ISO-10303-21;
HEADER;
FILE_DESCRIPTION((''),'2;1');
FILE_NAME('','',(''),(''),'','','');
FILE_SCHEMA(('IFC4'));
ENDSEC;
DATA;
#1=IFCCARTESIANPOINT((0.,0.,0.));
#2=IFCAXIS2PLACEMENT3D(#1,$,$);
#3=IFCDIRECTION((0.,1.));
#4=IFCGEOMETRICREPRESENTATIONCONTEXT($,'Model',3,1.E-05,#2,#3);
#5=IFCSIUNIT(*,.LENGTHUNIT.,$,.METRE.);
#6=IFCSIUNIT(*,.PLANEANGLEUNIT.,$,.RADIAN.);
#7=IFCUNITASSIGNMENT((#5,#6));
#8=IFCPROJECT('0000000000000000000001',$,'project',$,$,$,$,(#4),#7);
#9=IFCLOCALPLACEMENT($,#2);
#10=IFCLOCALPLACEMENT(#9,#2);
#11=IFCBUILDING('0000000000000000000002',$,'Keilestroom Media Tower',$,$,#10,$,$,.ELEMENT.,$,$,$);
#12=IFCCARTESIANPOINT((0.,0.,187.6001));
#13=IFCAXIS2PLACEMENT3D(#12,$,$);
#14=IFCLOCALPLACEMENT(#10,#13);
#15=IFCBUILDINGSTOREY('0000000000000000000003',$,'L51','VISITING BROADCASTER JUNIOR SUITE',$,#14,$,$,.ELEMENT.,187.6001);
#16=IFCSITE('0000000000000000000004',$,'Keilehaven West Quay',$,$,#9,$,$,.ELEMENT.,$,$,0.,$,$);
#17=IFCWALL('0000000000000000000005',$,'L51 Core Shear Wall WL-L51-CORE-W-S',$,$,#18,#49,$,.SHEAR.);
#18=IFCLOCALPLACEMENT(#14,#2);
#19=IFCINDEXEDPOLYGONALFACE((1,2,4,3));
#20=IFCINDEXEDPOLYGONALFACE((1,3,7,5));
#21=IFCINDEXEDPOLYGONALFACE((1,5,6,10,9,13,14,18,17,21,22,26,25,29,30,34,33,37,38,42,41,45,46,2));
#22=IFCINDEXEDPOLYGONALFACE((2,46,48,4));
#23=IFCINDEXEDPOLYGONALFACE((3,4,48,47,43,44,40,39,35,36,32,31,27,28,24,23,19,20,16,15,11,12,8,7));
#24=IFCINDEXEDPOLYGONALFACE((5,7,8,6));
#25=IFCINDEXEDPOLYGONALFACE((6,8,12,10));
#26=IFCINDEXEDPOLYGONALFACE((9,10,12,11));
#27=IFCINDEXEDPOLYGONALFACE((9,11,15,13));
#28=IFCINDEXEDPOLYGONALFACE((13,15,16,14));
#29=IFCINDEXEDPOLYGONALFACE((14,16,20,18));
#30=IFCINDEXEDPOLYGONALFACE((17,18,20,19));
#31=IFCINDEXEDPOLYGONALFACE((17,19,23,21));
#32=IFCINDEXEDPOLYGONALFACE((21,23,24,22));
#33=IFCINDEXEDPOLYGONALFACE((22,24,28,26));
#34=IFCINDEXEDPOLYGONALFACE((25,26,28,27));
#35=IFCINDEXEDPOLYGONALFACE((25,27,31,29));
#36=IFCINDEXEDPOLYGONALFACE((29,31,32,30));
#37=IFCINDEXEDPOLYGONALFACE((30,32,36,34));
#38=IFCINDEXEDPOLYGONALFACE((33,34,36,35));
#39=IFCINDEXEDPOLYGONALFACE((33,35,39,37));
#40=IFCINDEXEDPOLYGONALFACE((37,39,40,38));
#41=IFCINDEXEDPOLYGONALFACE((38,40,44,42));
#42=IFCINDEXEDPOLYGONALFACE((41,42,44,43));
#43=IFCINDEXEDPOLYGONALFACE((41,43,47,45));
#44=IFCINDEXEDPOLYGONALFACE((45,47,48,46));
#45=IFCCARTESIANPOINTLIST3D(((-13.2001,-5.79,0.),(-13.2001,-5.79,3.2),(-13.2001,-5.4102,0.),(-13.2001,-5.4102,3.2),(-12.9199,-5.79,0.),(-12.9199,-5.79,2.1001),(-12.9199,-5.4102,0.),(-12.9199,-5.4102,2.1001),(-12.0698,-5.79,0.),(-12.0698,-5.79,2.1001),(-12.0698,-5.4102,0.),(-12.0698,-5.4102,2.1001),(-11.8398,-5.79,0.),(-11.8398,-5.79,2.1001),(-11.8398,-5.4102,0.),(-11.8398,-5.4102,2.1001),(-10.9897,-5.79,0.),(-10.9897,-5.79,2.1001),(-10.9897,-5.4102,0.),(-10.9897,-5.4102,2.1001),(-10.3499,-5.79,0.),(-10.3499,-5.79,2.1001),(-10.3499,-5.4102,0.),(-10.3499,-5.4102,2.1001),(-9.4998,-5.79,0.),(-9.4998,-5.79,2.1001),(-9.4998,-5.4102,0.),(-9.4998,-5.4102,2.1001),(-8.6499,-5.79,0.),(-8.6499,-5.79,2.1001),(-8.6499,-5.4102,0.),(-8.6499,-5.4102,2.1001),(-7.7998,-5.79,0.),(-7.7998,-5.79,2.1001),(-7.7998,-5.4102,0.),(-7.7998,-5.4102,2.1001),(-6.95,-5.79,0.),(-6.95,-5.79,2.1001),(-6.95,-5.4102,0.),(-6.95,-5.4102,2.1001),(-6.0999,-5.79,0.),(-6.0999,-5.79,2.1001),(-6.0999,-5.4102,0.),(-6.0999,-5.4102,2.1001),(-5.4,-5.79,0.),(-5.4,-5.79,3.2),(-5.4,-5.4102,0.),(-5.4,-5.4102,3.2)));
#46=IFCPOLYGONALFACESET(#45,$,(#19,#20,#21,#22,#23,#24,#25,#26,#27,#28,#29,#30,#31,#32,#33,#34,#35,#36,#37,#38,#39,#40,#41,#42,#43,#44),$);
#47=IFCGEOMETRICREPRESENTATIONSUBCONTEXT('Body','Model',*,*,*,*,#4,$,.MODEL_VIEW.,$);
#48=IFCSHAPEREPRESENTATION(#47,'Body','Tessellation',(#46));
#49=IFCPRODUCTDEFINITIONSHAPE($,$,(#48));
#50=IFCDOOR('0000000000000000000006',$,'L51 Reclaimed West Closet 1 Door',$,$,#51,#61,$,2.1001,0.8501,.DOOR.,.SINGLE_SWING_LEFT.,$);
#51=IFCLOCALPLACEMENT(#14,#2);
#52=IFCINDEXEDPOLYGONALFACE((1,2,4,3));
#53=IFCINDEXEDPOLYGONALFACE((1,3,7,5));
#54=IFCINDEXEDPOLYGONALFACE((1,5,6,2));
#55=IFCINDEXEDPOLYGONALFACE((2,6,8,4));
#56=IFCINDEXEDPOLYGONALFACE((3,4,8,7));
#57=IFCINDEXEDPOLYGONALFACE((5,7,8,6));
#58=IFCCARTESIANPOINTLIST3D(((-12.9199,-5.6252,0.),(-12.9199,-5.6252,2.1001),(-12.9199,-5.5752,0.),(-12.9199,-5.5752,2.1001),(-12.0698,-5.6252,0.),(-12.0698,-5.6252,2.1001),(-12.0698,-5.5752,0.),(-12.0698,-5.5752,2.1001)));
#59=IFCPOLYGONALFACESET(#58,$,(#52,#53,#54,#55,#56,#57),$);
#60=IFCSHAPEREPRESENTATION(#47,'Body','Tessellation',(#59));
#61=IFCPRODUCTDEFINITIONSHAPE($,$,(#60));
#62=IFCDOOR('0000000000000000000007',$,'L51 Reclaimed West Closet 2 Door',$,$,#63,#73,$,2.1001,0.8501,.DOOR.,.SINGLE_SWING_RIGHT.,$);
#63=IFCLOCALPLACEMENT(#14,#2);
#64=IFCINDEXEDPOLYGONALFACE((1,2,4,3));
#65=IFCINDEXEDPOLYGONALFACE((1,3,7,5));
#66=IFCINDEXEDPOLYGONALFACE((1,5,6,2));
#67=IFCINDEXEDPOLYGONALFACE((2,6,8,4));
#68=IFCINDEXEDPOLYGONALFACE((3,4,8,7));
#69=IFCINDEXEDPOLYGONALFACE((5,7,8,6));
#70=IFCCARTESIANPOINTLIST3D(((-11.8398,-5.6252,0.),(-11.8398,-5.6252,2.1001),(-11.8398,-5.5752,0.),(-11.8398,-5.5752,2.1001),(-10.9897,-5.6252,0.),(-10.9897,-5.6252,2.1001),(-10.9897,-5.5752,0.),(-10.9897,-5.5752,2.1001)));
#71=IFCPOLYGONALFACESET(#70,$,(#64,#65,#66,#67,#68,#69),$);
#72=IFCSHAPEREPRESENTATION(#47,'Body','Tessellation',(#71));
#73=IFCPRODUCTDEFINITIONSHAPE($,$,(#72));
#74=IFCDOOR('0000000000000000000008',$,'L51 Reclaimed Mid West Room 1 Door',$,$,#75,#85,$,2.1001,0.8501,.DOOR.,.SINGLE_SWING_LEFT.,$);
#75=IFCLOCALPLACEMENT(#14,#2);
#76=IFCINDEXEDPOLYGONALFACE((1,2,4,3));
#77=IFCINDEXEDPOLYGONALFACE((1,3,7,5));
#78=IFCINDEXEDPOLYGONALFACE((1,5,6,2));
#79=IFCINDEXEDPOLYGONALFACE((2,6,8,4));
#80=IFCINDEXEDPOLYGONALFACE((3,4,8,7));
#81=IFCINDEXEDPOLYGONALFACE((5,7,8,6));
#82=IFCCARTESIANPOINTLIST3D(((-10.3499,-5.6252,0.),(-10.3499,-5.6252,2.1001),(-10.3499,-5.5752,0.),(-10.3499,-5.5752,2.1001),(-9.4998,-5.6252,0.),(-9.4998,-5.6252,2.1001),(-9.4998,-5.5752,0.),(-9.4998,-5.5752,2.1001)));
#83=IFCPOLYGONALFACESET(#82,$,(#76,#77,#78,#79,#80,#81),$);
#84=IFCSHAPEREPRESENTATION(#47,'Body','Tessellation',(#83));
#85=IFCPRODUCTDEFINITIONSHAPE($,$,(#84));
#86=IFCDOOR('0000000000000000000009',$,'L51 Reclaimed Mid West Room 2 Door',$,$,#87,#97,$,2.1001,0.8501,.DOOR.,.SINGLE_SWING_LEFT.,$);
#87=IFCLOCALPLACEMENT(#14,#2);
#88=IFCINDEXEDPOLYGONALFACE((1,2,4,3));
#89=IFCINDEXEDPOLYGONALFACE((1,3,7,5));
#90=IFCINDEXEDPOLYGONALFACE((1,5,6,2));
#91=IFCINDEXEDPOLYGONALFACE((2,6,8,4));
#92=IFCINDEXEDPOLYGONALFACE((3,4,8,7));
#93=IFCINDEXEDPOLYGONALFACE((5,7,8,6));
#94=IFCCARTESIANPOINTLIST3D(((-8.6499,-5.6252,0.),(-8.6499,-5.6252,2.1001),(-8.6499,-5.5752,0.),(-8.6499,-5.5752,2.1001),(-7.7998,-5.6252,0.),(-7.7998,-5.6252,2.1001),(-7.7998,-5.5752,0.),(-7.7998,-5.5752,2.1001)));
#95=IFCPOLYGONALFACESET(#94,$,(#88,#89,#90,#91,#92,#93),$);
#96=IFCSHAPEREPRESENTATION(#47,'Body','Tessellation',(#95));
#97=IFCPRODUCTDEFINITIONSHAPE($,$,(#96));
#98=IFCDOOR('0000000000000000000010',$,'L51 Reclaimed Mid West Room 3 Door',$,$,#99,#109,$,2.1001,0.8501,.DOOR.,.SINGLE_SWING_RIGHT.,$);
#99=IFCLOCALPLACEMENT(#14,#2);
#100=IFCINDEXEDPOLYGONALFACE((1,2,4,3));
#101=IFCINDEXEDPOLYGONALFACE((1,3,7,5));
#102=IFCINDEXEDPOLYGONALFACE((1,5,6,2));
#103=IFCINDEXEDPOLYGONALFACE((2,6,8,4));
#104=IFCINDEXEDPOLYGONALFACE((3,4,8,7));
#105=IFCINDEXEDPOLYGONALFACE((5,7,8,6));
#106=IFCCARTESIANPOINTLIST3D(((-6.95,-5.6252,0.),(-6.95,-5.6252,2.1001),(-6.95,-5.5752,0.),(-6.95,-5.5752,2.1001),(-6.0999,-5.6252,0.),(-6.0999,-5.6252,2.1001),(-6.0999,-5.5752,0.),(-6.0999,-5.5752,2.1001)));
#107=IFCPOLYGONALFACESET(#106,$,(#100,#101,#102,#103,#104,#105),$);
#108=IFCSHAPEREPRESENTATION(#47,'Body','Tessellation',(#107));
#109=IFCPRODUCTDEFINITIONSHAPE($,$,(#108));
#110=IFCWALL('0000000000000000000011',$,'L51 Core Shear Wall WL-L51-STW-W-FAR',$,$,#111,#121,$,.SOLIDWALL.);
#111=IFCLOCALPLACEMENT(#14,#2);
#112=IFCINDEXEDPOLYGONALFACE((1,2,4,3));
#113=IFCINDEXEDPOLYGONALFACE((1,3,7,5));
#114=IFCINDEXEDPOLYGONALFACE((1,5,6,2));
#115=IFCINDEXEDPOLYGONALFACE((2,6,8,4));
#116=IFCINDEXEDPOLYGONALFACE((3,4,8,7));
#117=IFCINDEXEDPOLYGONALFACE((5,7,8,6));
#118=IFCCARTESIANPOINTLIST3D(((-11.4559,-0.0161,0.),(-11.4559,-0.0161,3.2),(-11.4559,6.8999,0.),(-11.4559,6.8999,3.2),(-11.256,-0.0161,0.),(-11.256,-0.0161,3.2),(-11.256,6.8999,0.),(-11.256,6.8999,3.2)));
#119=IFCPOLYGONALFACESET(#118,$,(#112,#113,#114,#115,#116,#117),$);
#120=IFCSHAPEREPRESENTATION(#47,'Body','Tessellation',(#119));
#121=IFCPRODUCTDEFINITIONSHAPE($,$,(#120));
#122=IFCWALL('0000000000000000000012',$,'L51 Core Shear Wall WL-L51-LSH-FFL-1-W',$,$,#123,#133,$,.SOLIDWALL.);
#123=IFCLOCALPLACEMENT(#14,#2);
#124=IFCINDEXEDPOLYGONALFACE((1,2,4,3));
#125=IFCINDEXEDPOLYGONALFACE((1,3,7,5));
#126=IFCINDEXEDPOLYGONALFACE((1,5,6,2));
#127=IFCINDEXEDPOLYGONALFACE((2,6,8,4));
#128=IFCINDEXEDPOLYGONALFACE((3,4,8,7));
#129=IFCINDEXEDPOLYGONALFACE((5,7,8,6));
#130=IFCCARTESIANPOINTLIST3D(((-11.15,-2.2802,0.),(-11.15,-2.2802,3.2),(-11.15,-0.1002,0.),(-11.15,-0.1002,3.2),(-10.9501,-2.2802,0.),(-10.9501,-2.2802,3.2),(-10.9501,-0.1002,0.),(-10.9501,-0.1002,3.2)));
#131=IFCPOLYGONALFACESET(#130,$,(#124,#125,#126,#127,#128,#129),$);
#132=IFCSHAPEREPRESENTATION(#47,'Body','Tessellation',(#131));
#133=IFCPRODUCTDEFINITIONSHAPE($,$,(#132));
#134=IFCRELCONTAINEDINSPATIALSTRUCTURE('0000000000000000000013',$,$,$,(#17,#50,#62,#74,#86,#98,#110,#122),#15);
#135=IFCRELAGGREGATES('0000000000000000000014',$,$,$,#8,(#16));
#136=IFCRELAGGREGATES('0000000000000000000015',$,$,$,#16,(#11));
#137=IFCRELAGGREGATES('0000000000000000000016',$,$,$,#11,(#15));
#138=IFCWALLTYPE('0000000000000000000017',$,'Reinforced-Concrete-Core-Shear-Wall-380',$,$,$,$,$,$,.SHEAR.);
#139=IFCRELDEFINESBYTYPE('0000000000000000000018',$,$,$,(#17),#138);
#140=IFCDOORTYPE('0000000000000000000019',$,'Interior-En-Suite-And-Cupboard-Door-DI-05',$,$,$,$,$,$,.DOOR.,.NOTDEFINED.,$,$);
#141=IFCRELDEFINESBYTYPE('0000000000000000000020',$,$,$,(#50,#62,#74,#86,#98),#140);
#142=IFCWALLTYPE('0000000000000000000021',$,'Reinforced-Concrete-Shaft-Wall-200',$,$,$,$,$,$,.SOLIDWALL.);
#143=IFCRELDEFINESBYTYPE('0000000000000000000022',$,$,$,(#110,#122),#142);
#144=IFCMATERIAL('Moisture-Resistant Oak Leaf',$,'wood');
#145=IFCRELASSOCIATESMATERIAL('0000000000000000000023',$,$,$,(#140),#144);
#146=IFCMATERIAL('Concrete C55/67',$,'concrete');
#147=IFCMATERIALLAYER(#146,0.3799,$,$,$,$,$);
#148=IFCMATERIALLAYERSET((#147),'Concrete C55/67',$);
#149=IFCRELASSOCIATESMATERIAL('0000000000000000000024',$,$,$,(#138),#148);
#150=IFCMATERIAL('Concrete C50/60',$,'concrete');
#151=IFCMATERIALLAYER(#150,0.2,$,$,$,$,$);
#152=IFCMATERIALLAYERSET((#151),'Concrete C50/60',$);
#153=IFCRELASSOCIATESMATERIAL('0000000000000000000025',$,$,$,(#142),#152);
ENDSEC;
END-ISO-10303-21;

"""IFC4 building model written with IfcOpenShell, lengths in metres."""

from ifc_helpers import new_model, si_unit, direction, frame, frame_2d, origin, place, context, subcontext, project, spatial, rectangle, extrude, source, transform, mapped, material, layer, layer_set, type_object, element, fill, save


model = new_model("IFC4")

# Units and contexts
model_context = context("Model", 3, precision=1e-05, world=origin(), true_north=direction((0.0, 1.0)))
body_context = subcontext(model_context, "Body", "Model", "MODEL_VIEW")
ifc_project = project(units=[si_unit("LENGTHUNIT", "METRE"), si_unit("PLANEANGLEUNIT", "RADIAN")], contexts=[model_context])

# Site, building, storey
site_placement = place(None, origin())
site = spatial("IfcSite", under=ifc_project, at=site_placement, Name="Keilehaven West Quay", CompositionType="ELEMENT", RefElevation=0.0)
building_placement = place(site_placement, origin())
building = spatial("IfcBuilding", under=site, at=building_placement, Name="Keilestroom Media Tower", CompositionType="ELEMENT")
storey_placement = place(building_placement, frame((0.0, 0.0, 187.6001)))
storey = spatial("IfcBuildingStorey", under=building, at=storey_placement, Name="L51", Description="VISITING BROADCASTER JUNIOR SUITE", CompositionType="ELEMENT", Elevation=187.6001)

# Shared definitions
ifc_material_1 = material(Name="Moisture-Resistant Oak Leaf", Category="wood")
door_type = type_object("IfcDoorType", Name="Interior-En-Suite-And-Cupboard-Door-DI-05", OperationType="NOTDEFINED", PredefinedType="DOOR", material=ifc_material_1)
shared_shape_1 = source(origin(), body_context, "Body", "SweptSolid", [
    extrude(rectangle(XDim=0.8501, YDim=2.1001, at=frame_2d((0.425, 1.05))), frame((0.0, 0.0249, 0.0), z_axis=(0.0, -1.0, 0.0), x_axis=(1.0, 0.0, 0.0)), (0.0, 0.0, 1.0), 0.05),
])

# Shared definitions
ifc_material_2 = material(Name="Concrete C55/67", Category="concrete")
ifc_layer_1 = layer(ifc_material_2, 0.3799)
ifc_layer_set_1 = layer_set([ifc_layer_1], Name="Concrete C55/67")
wall_type_1 = type_object("IfcWallType", Name="Reinforced-Concrete-Core-Shear-Wall-380", PredefinedType="SHEAR", material=ifc_layer_set_1)

# Wall, openings, doors
wall_1_placement = place(storey_placement, frame((-13.2, -5.6001, 0.0), z_axis=(0.0, 0.0, 1.0), x_axis=(1.0, 0.0, 0.0)))
wall_1 = element("IfcWall", 1, at=wall_1_placement, inside=storey, type_object=wall_type_1, Name="L51 Core Shear Wall WL-L51-CORE-W-S", PredefinedType="SHEAR", context=body_context, shape_type="SweptSolid", body=[
    extrude(rectangle(XDim=7.8, YDim=0.3799, at=frame_2d((3.8999, 0.0))), origin(), (0.0, 0.0, 1.0), 3.2),
])
opening_1_placement = place(wall_1_placement, frame((0.28, 0.0, 0.0)))
opening_1 = element("IfcOpeningElement", 2, at=opening_1_placement, cuts=wall_1, PredefinedType="OPENING", context=body_context, shape_type="SweptSolid", body=[
    extrude(rectangle(XDim=0.8501, YDim=2.1001, at=frame_2d((0.425, 1.05))), frame((0.0, 0.2, 0.0), z_axis=(0.0, -1.0, 0.0), x_axis=(1.0, 0.0, 0.0)), (0.0, 0.0, 1.0), 0.3999),
])
opening_2_placement = place(wall_1_placement, frame((1.3601, 0.0, 0.0)))
opening_2 = element("IfcOpeningElement", 3, at=opening_2_placement, cuts=wall_1, PredefinedType="OPENING", context=body_context, shape_type="SweptSolid", body=[
    extrude(rectangle(XDim=0.8501, YDim=2.1001, at=frame_2d((0.425, 1.05))), frame((0.0, 0.2, 0.0), z_axis=(0.0, -1.0, 0.0), x_axis=(1.0, 0.0, 0.0)), (0.0, 0.0, 1.0), 0.3999),
])
opening_3_placement = place(wall_1_placement, frame((2.8501, 0.0, 0.0)))
opening_3 = element("IfcOpeningElement", 4, at=opening_3_placement, cuts=wall_1, PredefinedType="OPENING", context=body_context, shape_type="SweptSolid", body=[
    extrude(rectangle(XDim=0.8501, YDim=2.1001, at=frame_2d((0.425, 1.05))), frame((0.0, 0.2, 0.0), z_axis=(0.0, -1.0, 0.0), x_axis=(1.0, 0.0, 0.0)), (0.0, 0.0, 1.0), 0.3999),
])
opening_4_placement = place(wall_1_placement, frame((4.55, 0.0, 0.0)))
opening_4 = element("IfcOpeningElement", 5, at=opening_4_placement, cuts=wall_1, PredefinedType="OPENING", context=body_context, shape_type="SweptSolid", body=[
    extrude(rectangle(XDim=0.8501, YDim=2.1001, at=frame_2d((0.425, 1.05))), frame((0.0, 0.2, 0.0), z_axis=(0.0, -1.0, 0.0), x_axis=(1.0, 0.0, 0.0)), (0.0, 0.0, 1.0), 0.3999),
])
opening_5_placement = place(wall_1_placement, frame((6.25, 0.0, 0.0)))
opening_5 = element("IfcOpeningElement", 6, at=opening_5_placement, cuts=wall_1, PredefinedType="OPENING", context=body_context, shape_type="SweptSolid", body=[
    extrude(rectangle(XDim=0.8501, YDim=2.1001, at=frame_2d((0.425, 1.05))), frame((0.0, 0.2, 0.0), z_axis=(0.0, -1.0, 0.0), x_axis=(1.0, 0.0, 0.0)), (0.0, 0.0, 1.0), 0.3999),
])
door_1_placement = place(opening_1_placement, origin())
door_1 = element("IfcDoor", 7, at=door_1_placement, inside=storey, type_object=door_type, Name="L51 Reclaimed West Closet 1 Door", OperationType="SINGLE_SWING_LEFT", OverallHeight=2.1001, OverallWidth=0.8501, PredefinedType="DOOR", context=body_context, shape_type="MappedRepresentation", body=[
    mapped(shared_shape_1, transform((0.0, 0.0, 0.0), x_axis=(1.0, 0.0, 0.0), y_axis=(0.0, 1.0, 0.0), z_axis=(0.0, 0.0, 1.0), scale=1.0)),
])
fill(opening_1, door_1)
door_2_placement = place(opening_2_placement, origin())
door_2 = element("IfcDoor", 8, at=door_2_placement, inside=storey, type_object=door_type, Name="L51 Reclaimed West Closet 2 Door", OperationType="SINGLE_SWING_RIGHT", OverallHeight=2.1001, OverallWidth=0.8501, PredefinedType="DOOR", context=body_context, shape_type="MappedRepresentation", body=[
    mapped(shared_shape_1, transform((0.0, 0.0, 0.0), x_axis=(1.0, 0.0, 0.0), y_axis=(0.0, 1.0, 0.0), z_axis=(0.0, 0.0, 1.0), scale=1.0)),
])
fill(opening_2, door_2)
door_3_placement = place(opening_3_placement, origin())
door_3 = element("IfcDoor", 9, at=door_3_placement, inside=storey, type_object=door_type, Name="L51 Reclaimed Mid West Room 1 Door", OperationType="SINGLE_SWING_LEFT", OverallHeight=2.1001, OverallWidth=0.8501, PredefinedType="DOOR", context=body_context, shape_type="MappedRepresentation", body=[
    mapped(shared_shape_1, transform((0.0, 0.0, 0.0), x_axis=(1.0, 0.0, 0.0), y_axis=(0.0, 1.0, 0.0), z_axis=(0.0, 0.0, 1.0), scale=1.0)),
])
fill(opening_3, door_3)
door_4_placement = place(opening_4_placement, origin())
door_4 = element("IfcDoor", 10, at=door_4_placement, inside=storey, type_object=door_type, Name="L51 Reclaimed Mid West Room 2 Door", OperationType="SINGLE_SWING_LEFT", OverallHeight=2.1001, OverallWidth=0.8501, PredefinedType="DOOR", context=body_context, shape_type="MappedRepresentation", body=[
    mapped(shared_shape_1, transform((0.0, 0.0, 0.0), x_axis=(1.0, 0.0, 0.0), y_axis=(0.0, 1.0, 0.0), z_axis=(0.0, 0.0, 1.0), scale=1.0)),
])
fill(opening_4, door_4)
door_5_placement = place(opening_5_placement, origin())
door_5 = element("IfcDoor", 11, at=door_5_placement, inside=storey, type_object=door_type, Name="L51 Reclaimed Mid West Room 3 Door", OperationType="SINGLE_SWING_RIGHT", OverallHeight=2.1001, OverallWidth=0.8501, PredefinedType="DOOR", context=body_context, shape_type="MappedRepresentation", body=[
    mapped(shared_shape_1, transform((0.0, 0.0, 0.0), x_axis=(1.0, 0.0, 0.0), y_axis=(0.0, 1.0, 0.0), z_axis=(0.0, 0.0, 1.0), scale=1.0)),
])
fill(opening_5, door_5)

# Walls
ifc_material_3 = material(Name="Concrete C50/60", Category="concrete")
ifc_layer_2 = layer(ifc_material_3, 0.2)
ifc_layer_set_2 = layer_set([ifc_layer_2], Name="Concrete C50/60")
wall_type_2 = type_object("IfcWallType", Name="Reinforced-Concrete-Shaft-Wall-200", PredefinedType="SOLIDWALL", material=ifc_layer_set_2)
wall_2_placement = place(storey_placement, frame((-11.356, -0.0161, 0.0), z_axis=(0.0, 0.0, 1.0), x_axis=(0.0, 1.0, 0.0)))
element("IfcWall", 12, at=wall_2_placement, inside=storey, type_object=wall_type_2, Name="L51 Core Shear Wall WL-L51-STW-W-FAR", PredefinedType="SOLIDWALL", context=body_context, shape_type="SweptSolid", body=[
    extrude(rectangle(XDim=6.916, YDim=0.2, at=frame_2d((3.458, 0.0))), origin(), (0.0, 0.0, 1.0), 3.2),
])
wall_3_placement = place(storey_placement, frame((-11.05, -2.28, 0.0), z_axis=(0.0, 0.0, 1.0), x_axis=(0.0, 1.0, 0.0)))
element("IfcWall", 13, at=wall_3_placement, inside=storey, type_object=wall_type_2, Name="L51 Core Shear Wall WL-L51-LSH-FFL-1-W", PredefinedType="SOLIDWALL", context=body_context, shape_type="SweptSolid", body=[
    extrude(rectangle(XDim=2.1799, YDim=0.2, at=frame_2d((1.0898, 0.0))), origin(), (0.0, 0.0, 1.0), 3.2),
])

save(model, "model.ifc")
